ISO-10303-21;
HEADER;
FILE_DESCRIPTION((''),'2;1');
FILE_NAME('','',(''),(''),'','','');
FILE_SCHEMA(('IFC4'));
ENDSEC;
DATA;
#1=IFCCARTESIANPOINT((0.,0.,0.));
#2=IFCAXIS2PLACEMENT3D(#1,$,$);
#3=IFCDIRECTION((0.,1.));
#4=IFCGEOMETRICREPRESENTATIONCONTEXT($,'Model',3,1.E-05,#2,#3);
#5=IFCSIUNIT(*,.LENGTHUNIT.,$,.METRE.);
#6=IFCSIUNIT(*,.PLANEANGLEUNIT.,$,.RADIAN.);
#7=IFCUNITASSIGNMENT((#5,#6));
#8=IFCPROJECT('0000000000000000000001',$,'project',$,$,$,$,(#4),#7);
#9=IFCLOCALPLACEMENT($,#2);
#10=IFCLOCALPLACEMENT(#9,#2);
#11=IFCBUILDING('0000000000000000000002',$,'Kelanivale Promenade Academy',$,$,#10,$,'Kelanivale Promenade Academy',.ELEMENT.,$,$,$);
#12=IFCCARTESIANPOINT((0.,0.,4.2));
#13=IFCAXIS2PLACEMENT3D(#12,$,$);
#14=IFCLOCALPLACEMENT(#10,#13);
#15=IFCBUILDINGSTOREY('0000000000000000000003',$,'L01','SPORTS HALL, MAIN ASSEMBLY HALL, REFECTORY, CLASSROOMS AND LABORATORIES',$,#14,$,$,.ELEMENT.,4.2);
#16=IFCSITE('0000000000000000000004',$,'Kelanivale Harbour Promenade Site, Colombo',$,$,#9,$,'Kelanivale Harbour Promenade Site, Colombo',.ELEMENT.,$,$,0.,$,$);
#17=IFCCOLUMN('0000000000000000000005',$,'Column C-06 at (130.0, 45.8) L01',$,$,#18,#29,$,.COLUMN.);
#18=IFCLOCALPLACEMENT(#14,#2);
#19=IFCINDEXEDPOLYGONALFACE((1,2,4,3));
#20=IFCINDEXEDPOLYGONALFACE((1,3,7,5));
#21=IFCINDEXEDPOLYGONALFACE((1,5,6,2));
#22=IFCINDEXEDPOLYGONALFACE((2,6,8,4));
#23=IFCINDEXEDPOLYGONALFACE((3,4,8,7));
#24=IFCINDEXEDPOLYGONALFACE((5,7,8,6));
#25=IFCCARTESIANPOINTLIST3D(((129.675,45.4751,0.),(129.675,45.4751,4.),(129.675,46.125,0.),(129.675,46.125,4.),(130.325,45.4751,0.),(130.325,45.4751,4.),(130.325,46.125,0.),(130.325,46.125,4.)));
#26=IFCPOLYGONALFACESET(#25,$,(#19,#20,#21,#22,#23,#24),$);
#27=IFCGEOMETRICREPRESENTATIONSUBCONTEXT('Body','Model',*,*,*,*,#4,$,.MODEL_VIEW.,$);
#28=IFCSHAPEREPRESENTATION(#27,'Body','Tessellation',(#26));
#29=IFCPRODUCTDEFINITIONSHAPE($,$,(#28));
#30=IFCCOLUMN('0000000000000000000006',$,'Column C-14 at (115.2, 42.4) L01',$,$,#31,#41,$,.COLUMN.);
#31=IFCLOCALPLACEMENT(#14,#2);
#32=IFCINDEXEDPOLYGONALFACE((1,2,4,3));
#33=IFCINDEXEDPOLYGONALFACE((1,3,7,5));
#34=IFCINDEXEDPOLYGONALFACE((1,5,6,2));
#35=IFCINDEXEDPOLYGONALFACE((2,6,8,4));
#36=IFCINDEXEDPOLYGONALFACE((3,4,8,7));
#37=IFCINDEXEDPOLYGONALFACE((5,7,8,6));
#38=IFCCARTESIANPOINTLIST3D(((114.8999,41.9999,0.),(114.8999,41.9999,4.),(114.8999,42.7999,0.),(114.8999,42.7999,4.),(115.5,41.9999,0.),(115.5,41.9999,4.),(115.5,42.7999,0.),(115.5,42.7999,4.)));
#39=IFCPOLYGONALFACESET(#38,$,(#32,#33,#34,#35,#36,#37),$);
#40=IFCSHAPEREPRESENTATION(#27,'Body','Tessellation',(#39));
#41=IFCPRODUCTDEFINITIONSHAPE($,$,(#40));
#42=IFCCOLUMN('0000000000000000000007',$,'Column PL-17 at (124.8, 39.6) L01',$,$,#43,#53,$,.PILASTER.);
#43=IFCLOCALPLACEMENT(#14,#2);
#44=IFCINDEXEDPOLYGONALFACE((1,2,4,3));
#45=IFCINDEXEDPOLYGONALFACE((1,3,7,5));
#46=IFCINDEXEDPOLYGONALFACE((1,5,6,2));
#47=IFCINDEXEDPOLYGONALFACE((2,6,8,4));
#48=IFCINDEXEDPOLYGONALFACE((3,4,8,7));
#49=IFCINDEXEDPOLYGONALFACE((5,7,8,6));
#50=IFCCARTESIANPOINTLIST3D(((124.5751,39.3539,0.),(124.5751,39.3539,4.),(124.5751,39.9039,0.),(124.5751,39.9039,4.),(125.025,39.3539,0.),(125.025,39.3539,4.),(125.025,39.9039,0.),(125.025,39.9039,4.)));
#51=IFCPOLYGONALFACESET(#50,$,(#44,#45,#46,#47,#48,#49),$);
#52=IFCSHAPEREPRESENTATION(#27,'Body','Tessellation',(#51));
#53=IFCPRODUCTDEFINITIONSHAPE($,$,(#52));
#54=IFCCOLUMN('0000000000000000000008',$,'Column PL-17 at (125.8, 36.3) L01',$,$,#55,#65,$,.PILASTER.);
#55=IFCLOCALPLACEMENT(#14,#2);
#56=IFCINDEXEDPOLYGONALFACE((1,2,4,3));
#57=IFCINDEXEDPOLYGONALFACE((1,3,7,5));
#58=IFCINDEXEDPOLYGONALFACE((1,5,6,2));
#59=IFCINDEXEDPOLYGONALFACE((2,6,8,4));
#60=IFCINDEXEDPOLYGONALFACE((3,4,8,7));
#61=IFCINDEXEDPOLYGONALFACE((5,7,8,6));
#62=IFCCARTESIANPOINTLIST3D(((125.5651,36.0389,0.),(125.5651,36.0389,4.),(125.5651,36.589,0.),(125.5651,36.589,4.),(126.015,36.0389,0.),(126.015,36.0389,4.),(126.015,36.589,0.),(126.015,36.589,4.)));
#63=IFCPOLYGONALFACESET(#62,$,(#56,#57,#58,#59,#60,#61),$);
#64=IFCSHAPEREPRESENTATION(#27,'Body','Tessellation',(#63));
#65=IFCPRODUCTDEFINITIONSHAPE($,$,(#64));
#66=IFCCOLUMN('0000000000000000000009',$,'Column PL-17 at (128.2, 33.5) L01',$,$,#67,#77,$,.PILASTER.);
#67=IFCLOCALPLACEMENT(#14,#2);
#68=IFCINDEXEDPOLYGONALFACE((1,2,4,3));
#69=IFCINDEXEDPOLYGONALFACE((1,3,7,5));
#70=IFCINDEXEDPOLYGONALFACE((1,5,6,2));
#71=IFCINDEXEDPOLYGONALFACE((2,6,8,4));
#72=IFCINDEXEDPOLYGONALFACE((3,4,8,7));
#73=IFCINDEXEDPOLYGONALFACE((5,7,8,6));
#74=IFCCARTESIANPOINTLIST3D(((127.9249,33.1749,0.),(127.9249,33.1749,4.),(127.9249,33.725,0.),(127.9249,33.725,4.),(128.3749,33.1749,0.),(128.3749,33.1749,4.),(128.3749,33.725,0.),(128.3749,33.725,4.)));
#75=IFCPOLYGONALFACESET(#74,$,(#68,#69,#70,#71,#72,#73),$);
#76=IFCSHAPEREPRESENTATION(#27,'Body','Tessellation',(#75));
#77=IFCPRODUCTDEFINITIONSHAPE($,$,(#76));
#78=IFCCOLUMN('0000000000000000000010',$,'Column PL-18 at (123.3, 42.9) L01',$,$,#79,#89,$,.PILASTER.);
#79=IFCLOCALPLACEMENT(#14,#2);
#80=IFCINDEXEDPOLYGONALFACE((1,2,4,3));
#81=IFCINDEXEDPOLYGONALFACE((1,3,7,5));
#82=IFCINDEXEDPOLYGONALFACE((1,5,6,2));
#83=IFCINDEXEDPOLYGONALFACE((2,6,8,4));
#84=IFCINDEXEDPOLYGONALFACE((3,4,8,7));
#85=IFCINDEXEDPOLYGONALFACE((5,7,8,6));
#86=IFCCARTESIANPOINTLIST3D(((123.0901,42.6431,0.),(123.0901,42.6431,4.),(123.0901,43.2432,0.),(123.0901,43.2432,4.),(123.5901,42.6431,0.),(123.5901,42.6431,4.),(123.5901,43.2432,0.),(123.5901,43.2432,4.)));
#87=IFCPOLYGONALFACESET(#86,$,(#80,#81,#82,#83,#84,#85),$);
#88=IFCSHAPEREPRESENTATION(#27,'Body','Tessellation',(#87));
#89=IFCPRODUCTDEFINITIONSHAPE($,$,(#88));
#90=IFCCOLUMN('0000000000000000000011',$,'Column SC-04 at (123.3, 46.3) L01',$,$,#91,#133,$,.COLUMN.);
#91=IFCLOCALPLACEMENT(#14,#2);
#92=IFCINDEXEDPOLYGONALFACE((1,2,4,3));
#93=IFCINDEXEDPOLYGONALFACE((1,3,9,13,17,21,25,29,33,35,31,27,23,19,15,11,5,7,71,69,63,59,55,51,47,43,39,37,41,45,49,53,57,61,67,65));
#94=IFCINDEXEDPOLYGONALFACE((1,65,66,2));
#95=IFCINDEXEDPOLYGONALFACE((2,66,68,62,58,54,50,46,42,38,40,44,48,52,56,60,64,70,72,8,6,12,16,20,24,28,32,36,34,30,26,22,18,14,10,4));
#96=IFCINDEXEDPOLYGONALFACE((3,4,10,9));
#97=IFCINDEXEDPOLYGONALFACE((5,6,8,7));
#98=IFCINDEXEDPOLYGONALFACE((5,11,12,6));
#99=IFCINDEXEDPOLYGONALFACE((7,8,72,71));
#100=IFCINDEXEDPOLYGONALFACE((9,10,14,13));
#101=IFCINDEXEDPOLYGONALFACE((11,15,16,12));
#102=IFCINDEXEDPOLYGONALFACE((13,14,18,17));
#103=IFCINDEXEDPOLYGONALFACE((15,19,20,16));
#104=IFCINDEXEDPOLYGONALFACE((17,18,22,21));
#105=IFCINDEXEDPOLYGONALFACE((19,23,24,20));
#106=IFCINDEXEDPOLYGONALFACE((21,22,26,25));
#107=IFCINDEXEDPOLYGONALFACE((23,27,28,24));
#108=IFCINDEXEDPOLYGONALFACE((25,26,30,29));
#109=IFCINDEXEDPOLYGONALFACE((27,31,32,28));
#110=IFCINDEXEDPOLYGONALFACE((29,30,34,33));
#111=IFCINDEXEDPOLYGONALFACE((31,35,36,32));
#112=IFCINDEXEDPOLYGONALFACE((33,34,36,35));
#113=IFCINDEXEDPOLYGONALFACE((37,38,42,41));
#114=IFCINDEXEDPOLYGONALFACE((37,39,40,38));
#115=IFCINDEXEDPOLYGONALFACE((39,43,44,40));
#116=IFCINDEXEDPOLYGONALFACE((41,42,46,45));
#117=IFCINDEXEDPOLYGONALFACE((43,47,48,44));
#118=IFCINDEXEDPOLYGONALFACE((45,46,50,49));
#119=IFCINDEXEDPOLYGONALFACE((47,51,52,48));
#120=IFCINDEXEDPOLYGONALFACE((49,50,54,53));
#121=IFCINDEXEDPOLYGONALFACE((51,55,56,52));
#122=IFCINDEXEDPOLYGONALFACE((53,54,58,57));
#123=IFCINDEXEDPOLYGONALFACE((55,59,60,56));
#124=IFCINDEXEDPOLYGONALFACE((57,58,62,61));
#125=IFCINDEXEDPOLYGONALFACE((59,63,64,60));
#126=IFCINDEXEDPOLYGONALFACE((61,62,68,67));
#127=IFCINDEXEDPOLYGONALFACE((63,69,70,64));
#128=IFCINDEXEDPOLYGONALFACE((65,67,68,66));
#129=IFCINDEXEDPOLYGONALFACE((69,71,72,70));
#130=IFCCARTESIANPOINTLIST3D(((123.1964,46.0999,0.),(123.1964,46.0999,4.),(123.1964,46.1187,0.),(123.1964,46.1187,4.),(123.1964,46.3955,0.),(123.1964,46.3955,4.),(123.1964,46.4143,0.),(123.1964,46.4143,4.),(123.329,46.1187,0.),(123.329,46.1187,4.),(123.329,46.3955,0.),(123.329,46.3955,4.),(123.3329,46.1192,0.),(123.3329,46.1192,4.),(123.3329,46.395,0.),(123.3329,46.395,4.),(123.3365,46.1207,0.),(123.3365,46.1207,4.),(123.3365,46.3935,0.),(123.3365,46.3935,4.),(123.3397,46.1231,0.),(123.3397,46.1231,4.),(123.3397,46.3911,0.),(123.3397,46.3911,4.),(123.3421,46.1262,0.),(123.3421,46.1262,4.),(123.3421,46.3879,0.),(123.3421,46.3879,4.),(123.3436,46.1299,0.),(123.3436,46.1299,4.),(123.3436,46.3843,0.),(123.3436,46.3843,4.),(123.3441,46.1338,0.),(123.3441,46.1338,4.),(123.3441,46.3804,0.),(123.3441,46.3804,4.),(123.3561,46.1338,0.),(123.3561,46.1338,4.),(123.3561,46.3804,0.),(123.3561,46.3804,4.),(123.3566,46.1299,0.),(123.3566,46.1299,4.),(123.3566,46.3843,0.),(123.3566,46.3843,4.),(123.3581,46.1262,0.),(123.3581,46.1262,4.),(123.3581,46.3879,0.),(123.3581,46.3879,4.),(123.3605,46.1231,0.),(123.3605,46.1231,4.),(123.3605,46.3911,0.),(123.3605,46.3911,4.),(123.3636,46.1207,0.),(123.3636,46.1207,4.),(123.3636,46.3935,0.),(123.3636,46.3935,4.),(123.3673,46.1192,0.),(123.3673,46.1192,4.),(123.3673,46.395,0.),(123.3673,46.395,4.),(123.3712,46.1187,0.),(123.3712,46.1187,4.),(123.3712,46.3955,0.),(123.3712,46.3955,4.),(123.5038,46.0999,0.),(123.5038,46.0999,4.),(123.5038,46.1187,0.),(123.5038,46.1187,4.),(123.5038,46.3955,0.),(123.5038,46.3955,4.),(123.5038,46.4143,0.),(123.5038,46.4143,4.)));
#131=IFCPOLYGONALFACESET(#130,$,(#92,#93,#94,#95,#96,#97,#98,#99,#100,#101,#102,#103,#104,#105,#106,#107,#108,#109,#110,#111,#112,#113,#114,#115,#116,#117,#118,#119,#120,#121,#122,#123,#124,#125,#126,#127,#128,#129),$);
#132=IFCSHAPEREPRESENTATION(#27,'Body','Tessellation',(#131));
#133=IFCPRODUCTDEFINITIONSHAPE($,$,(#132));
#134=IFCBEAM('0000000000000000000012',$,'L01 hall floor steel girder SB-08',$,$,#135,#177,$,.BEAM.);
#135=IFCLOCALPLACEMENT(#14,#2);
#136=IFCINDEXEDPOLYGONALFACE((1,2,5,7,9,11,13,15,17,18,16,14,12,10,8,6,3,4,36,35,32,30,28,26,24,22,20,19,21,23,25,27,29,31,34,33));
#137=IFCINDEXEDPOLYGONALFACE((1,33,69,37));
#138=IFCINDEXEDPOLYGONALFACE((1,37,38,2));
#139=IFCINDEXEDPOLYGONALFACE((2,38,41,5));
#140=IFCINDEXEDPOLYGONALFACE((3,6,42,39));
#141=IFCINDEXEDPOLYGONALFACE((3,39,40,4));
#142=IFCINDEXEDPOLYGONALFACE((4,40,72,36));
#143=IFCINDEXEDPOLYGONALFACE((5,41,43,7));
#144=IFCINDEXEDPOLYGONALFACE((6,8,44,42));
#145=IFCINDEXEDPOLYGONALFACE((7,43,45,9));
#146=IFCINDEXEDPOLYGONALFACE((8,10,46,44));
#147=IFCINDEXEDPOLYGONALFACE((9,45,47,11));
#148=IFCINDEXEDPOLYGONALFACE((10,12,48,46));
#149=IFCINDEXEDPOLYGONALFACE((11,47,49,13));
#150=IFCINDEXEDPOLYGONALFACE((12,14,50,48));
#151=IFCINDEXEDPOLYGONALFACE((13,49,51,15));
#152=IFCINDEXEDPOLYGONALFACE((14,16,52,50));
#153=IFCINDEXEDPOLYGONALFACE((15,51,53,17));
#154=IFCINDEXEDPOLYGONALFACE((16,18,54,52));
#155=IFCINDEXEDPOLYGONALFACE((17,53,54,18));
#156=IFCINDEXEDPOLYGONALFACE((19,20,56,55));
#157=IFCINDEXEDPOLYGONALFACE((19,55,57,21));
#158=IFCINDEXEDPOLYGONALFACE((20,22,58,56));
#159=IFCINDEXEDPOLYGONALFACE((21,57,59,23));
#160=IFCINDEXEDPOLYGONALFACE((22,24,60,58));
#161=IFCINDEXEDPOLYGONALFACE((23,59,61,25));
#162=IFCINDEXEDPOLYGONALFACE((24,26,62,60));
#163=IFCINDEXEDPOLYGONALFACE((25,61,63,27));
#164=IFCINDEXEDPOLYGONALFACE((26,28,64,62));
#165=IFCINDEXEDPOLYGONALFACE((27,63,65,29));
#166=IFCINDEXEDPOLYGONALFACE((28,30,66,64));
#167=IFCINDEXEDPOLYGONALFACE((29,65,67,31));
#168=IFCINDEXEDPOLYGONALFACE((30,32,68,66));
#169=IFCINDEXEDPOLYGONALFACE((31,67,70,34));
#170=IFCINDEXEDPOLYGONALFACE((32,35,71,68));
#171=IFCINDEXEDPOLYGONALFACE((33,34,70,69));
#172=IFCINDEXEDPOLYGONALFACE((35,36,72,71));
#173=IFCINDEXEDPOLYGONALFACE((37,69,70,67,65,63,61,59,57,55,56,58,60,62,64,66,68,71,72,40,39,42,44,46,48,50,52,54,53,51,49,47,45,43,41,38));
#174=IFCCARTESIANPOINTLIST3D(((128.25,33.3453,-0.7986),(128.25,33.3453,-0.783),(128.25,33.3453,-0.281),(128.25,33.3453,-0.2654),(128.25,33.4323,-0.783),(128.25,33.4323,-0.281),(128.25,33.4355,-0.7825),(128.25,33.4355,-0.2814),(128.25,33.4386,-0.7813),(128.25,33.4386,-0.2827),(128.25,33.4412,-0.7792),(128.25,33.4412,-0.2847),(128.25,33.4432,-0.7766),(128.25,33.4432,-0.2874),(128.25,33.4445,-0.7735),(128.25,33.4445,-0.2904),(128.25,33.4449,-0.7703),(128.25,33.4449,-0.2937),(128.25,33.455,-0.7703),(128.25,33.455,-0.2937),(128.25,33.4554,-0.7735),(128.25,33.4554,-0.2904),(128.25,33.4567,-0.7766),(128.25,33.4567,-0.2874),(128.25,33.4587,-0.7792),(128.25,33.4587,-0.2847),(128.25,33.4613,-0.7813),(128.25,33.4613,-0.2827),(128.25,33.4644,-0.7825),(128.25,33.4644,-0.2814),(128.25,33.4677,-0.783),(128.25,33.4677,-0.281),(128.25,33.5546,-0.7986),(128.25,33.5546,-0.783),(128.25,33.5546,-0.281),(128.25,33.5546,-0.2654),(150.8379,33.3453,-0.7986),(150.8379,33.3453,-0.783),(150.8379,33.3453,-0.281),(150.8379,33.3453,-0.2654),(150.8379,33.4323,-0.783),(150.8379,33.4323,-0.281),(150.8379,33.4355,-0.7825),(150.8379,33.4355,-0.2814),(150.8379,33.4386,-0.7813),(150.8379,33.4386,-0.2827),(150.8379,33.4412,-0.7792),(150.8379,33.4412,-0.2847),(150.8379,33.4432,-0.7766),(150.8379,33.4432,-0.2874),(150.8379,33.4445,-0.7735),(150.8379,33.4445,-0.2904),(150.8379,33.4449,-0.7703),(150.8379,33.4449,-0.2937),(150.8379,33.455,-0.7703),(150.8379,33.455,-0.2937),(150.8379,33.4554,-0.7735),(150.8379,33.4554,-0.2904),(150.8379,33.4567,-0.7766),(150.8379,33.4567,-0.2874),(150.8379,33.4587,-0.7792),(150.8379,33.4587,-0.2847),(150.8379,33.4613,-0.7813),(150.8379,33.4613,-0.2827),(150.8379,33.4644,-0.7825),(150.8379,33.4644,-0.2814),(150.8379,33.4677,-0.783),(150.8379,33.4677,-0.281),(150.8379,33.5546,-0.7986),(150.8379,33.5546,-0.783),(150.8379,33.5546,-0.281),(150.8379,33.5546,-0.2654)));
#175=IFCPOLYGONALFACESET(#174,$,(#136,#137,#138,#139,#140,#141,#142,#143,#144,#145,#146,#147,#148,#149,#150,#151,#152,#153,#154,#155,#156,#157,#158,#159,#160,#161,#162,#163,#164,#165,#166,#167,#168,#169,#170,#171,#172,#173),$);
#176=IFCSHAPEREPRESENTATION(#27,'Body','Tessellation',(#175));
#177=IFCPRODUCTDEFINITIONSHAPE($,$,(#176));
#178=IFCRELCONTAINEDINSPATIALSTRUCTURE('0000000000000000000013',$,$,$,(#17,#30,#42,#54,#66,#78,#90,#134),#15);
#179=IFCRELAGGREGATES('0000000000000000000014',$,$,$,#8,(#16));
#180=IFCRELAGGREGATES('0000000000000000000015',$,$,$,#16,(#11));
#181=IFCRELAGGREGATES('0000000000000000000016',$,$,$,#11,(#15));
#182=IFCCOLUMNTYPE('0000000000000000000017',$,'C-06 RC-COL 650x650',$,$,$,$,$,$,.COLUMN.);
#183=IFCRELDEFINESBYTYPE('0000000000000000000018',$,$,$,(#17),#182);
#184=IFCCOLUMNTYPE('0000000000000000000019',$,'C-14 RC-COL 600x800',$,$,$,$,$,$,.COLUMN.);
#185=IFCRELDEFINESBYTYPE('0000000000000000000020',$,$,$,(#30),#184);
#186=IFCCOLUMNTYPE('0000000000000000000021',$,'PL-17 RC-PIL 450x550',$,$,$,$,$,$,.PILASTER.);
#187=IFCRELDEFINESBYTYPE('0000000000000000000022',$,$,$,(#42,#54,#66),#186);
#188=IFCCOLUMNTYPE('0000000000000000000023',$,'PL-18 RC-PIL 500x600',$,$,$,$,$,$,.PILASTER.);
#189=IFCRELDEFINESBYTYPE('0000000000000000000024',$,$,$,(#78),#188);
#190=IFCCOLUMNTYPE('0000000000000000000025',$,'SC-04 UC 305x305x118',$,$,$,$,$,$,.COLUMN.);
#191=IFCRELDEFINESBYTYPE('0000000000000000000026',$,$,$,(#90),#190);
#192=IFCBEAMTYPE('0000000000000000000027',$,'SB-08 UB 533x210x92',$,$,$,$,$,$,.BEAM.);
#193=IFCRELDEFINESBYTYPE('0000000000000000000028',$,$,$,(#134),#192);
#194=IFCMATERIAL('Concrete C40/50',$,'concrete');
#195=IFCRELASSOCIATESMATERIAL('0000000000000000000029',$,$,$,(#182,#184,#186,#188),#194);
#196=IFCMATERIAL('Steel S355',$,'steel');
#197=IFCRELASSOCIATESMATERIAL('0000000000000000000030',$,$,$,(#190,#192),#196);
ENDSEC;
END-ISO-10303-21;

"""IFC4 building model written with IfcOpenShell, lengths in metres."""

from ifc_helpers import new_model, si_unit, direction, frame, origin, origin_2d, place, context, subcontext, project, spatial, rectangle, i_section, extrude, material, material_profile, profile_set, type_object, element, save


model = new_model("IFC4")

# Units and contexts
model_context = context("Model", 3, precision=1e-05, world=origin(), true_north=direction((0.0, 1.0)))
body_context = subcontext(model_context, "Body", "Model", "MODEL_VIEW")
ifc_project = project(units=[si_unit("LENGTHUNIT", "METRE"), si_unit("PLANEANGLEUNIT", "RADIAN")], contexts=[model_context])

# Site, building, storey
site_placement = place(None, origin())
site = spatial("IfcSite", under=ifc_project, at=site_placement, Name="Kelanivale Harbour Promenade Site, Colombo", LongName="Kelanivale Harbour Promenade Site, Colombo", CompositionType="ELEMENT", RefElevation=0.0)
building_placement = place(site_placement, origin())
building = spatial("IfcBuilding", under=site, at=building_placement, Name="Kelanivale Promenade Academy", LongName="Kelanivale Promenade Academy", CompositionType="ELEMENT")
storey_placement = place(building_placement, frame((0.0, 0.0, 4.2)))
storey = spatial("IfcBuildingStorey", under=building, at=storey_placement, Name="L01", Description="SPORTS HALL, MAIN ASSEMBLY HALL, REFECTORY, CLASSROOMS AND LABORATORIES", CompositionType="ELEMENT", Elevation=4.2)

# Columns
ifc_material_1 = material(Name="Concrete C40/50", Category="concrete")
ifc_material_profile_1 = material_profile(ifc_material_1, rectangle(XDim=0.6499, YDim=0.6499, at=origin_2d()), Name="RC-COL 650x650")
ifc_profile_set_1 = profile_set([ifc_material_profile_1], Name="Concrete C40/50")
column_type_1 = type_object("IfcColumnType", Name="C-06 RC-COL 650x650", PredefinedType="COLUMN", material=ifc_profile_set_1)
column_1_placement = place(storey_placement, frame((130.0, 45.8, 0.0), z_axis=(0.0, 0.0, 1.0), x_axis=(1.0, 0.0, 0.0)))
element("IfcColumn", 1, at=column_1_placement, inside=storey, type_object=column_type_1, Name="Column C-06 at (130.0, 45.8) L01", PredefinedType="COLUMN", context=body_context, shape_type="SweptSolid", body=[
    extrude(rectangle(XDim=0.6499, YDim=0.6499, at=origin_2d()), origin(), (0.0, 0.0, 1.0), 4.0),
])
ifc_material_profile_2 = material_profile(ifc_material_1, rectangle(XDim=0.6001, YDim=0.8, at=origin_2d()), Name="RC-COL 600x800")
ifc_profile_set_2 = profile_set([ifc_material_profile_2], Name="Concrete C40/50")
column_type_2 = type_object("IfcColumnType", Name="C-14 RC-COL 600x800", PredefinedType="COLUMN", material=ifc_profile_set_2)
column_2_placement = place(storey_placement, frame((115.2, 42.3999, 0.0), z_axis=(0.0, 0.0, 1.0), x_axis=(1.0, 0.0, 0.0)))
element("IfcColumn", 2, at=column_2_placement, inside=storey, type_object=column_type_2, Name="Column C-14 at (115.2, 42.4) L01", PredefinedType="COLUMN", context=body_context, shape_type="SweptSolid", body=[
    extrude(rectangle(XDim=0.6001, YDim=0.8, at=origin_2d()), origin(), (0.0, 0.0, 1.0), 4.0),
])
ifc_material_profile_3 = material_profile(ifc_material_1, rectangle(XDim=0.45, YDim=0.55, at=origin_2d()), Name="RC-PIL 450x550")
ifc_profile_set_3 = profile_set([ifc_material_profile_3], Name="Concrete C40/50")
column_type_3 = type_object("IfcColumnType", Name="PL-17 RC-PIL 450x550", PredefinedType="PILASTER", material=ifc_profile_set_3)
for number, where, z_axis, x_axis, name in (
    (3, (124.8, 39.6289, 0.0), (0.0, 0.0, 1.0), (1.0, 0.0, 0.0), "Column PL-17 at (124.8, 39.6) L01"),
    (4, (125.79, 36.314, 0.0), (0.0, 0.0, 1.0), (1.0, 0.0, 0.0), "Column PL-17 at (125.8, 36.3) L01"),
    (5, (128.1499, 33.45, 0.0), (0.0, 0.0, 1.0), (1.0, 0.0, 0.0), "Column PL-17 at (128.2, 33.5) L01"),
):
    element("IfcColumn", number, at=place(storey_placement, frame(where, z_axis=z_axis, x_axis=x_axis)), inside=storey, type_object=column_type_3, Name=name, PredefinedType="PILASTER", context=body_context, shape_type="SweptSolid", body=[
        extrude(rectangle(XDim=0.45, YDim=0.55, at=origin_2d()), origin(), (0.0, 0.0, 1.0), 4.0),
    ])
ifc_material_profile_4 = material_profile(ifc_material_1, rectangle(XDim=0.5, YDim=0.6001, at=origin_2d()), Name="RC-PIL 500x600")
ifc_profile_set_4 = profile_set([ifc_material_profile_4], Name="Concrete C40/50")
column_type_4 = type_object("IfcColumnType", Name="PL-18 RC-PIL 500x600", PredefinedType="PILASTER", material=ifc_profile_set_4)
column_3_placement = place(storey_placement, frame((123.3401, 42.9431, 0.0), z_axis=(0.0, 0.0, 1.0), x_axis=(1.0, 0.0, 0.0)))
element("IfcColumn", 6, at=column_3_placement, inside=storey, type_object=column_type_4, Name="Column PL-18 at (123.3, 42.9) L01", PredefinedType="PILASTER", context=body_context, shape_type="SweptSolid", body=[
    extrude(rectangle(XDim=0.5, YDim=0.6001, at=origin_2d()), origin(), (0.0, 0.0, 1.0), 4.0),
])
ifc_material_2 = material(Name="Steel S355", Category="steel")
ifc_material_profile_5 = material_profile(ifc_material_2, i_section(OverallWidth=0.3074, OverallDepth=0.3145, WebThickness=0.012, FlangeThickness=0.0188, FilletRadius=0.0151, at=origin_2d()), Name="UC 305x305x118")
ifc_profile_set_5 = profile_set([ifc_material_profile_5], Name="Steel S355")
column_type_5 = type_object("IfcColumnType", Name="SC-04 UC 305x305x118", PredefinedType="COLUMN", material=ifc_profile_set_5)
column_4_placement = place(storey_placement, frame((123.3501, 46.2571, 0.0), z_axis=(0.0, 0.0, 1.0), x_axis=(1.0, 0.0, 0.0)))
element("IfcColumn", 7, at=column_4_placement, inside=storey, type_object=column_type_5, Name="Column SC-04 at (123.3, 46.3) L01", PredefinedType="COLUMN", context=body_context, shape_type="SweptSolid", body=[
    extrude(i_section(OverallWidth=0.3074, OverallDepth=0.3145, WebThickness=0.012, FlangeThickness=0.0188, FilletRadius=0.0151, at=origin_2d()), origin(), (0.0, 0.0, 1.0), 4.0),
])

# Beam
ifc_material_profile_6 = material_profile(ifc_material_2, i_section(OverallWidth=0.2092, OverallDepth=0.5332, WebThickness=0.01, FlangeThickness=0.0156, FilletRadius=0.0127, at=origin_2d()), Name="UB 533x210x92")
ifc_profile_set_6 = profile_set([ifc_material_profile_6], Name="Steel S355")
beam_type_1 = type_object("IfcBeamType", Name="SB-08 UB 533x210x92", PredefinedType="BEAM", material=ifc_profile_set_6)
beam_1_placement = place(storey_placement, frame((128.25, 33.45, -0.532), z_axis=(1.0, 0.0, 0.0), x_axis=(0.0, 1.0, 0.0)))
element("IfcBeam", 8, at=beam_1_placement, inside=storey, type_object=beam_type_1, Name="L01 hall floor steel girder SB-08", PredefinedType="BEAM", context=body_context, shape_type="SweptSolid", body=[
    extrude(i_section(OverallWidth=0.2092, OverallDepth=0.5332, WebThickness=0.01, FlangeThickness=0.0156, FilletRadius=0.0127, at=origin_2d()), origin(), (0.0, 0.0, 1.0), 22.5879),
])

save(model, "model.ifc")
